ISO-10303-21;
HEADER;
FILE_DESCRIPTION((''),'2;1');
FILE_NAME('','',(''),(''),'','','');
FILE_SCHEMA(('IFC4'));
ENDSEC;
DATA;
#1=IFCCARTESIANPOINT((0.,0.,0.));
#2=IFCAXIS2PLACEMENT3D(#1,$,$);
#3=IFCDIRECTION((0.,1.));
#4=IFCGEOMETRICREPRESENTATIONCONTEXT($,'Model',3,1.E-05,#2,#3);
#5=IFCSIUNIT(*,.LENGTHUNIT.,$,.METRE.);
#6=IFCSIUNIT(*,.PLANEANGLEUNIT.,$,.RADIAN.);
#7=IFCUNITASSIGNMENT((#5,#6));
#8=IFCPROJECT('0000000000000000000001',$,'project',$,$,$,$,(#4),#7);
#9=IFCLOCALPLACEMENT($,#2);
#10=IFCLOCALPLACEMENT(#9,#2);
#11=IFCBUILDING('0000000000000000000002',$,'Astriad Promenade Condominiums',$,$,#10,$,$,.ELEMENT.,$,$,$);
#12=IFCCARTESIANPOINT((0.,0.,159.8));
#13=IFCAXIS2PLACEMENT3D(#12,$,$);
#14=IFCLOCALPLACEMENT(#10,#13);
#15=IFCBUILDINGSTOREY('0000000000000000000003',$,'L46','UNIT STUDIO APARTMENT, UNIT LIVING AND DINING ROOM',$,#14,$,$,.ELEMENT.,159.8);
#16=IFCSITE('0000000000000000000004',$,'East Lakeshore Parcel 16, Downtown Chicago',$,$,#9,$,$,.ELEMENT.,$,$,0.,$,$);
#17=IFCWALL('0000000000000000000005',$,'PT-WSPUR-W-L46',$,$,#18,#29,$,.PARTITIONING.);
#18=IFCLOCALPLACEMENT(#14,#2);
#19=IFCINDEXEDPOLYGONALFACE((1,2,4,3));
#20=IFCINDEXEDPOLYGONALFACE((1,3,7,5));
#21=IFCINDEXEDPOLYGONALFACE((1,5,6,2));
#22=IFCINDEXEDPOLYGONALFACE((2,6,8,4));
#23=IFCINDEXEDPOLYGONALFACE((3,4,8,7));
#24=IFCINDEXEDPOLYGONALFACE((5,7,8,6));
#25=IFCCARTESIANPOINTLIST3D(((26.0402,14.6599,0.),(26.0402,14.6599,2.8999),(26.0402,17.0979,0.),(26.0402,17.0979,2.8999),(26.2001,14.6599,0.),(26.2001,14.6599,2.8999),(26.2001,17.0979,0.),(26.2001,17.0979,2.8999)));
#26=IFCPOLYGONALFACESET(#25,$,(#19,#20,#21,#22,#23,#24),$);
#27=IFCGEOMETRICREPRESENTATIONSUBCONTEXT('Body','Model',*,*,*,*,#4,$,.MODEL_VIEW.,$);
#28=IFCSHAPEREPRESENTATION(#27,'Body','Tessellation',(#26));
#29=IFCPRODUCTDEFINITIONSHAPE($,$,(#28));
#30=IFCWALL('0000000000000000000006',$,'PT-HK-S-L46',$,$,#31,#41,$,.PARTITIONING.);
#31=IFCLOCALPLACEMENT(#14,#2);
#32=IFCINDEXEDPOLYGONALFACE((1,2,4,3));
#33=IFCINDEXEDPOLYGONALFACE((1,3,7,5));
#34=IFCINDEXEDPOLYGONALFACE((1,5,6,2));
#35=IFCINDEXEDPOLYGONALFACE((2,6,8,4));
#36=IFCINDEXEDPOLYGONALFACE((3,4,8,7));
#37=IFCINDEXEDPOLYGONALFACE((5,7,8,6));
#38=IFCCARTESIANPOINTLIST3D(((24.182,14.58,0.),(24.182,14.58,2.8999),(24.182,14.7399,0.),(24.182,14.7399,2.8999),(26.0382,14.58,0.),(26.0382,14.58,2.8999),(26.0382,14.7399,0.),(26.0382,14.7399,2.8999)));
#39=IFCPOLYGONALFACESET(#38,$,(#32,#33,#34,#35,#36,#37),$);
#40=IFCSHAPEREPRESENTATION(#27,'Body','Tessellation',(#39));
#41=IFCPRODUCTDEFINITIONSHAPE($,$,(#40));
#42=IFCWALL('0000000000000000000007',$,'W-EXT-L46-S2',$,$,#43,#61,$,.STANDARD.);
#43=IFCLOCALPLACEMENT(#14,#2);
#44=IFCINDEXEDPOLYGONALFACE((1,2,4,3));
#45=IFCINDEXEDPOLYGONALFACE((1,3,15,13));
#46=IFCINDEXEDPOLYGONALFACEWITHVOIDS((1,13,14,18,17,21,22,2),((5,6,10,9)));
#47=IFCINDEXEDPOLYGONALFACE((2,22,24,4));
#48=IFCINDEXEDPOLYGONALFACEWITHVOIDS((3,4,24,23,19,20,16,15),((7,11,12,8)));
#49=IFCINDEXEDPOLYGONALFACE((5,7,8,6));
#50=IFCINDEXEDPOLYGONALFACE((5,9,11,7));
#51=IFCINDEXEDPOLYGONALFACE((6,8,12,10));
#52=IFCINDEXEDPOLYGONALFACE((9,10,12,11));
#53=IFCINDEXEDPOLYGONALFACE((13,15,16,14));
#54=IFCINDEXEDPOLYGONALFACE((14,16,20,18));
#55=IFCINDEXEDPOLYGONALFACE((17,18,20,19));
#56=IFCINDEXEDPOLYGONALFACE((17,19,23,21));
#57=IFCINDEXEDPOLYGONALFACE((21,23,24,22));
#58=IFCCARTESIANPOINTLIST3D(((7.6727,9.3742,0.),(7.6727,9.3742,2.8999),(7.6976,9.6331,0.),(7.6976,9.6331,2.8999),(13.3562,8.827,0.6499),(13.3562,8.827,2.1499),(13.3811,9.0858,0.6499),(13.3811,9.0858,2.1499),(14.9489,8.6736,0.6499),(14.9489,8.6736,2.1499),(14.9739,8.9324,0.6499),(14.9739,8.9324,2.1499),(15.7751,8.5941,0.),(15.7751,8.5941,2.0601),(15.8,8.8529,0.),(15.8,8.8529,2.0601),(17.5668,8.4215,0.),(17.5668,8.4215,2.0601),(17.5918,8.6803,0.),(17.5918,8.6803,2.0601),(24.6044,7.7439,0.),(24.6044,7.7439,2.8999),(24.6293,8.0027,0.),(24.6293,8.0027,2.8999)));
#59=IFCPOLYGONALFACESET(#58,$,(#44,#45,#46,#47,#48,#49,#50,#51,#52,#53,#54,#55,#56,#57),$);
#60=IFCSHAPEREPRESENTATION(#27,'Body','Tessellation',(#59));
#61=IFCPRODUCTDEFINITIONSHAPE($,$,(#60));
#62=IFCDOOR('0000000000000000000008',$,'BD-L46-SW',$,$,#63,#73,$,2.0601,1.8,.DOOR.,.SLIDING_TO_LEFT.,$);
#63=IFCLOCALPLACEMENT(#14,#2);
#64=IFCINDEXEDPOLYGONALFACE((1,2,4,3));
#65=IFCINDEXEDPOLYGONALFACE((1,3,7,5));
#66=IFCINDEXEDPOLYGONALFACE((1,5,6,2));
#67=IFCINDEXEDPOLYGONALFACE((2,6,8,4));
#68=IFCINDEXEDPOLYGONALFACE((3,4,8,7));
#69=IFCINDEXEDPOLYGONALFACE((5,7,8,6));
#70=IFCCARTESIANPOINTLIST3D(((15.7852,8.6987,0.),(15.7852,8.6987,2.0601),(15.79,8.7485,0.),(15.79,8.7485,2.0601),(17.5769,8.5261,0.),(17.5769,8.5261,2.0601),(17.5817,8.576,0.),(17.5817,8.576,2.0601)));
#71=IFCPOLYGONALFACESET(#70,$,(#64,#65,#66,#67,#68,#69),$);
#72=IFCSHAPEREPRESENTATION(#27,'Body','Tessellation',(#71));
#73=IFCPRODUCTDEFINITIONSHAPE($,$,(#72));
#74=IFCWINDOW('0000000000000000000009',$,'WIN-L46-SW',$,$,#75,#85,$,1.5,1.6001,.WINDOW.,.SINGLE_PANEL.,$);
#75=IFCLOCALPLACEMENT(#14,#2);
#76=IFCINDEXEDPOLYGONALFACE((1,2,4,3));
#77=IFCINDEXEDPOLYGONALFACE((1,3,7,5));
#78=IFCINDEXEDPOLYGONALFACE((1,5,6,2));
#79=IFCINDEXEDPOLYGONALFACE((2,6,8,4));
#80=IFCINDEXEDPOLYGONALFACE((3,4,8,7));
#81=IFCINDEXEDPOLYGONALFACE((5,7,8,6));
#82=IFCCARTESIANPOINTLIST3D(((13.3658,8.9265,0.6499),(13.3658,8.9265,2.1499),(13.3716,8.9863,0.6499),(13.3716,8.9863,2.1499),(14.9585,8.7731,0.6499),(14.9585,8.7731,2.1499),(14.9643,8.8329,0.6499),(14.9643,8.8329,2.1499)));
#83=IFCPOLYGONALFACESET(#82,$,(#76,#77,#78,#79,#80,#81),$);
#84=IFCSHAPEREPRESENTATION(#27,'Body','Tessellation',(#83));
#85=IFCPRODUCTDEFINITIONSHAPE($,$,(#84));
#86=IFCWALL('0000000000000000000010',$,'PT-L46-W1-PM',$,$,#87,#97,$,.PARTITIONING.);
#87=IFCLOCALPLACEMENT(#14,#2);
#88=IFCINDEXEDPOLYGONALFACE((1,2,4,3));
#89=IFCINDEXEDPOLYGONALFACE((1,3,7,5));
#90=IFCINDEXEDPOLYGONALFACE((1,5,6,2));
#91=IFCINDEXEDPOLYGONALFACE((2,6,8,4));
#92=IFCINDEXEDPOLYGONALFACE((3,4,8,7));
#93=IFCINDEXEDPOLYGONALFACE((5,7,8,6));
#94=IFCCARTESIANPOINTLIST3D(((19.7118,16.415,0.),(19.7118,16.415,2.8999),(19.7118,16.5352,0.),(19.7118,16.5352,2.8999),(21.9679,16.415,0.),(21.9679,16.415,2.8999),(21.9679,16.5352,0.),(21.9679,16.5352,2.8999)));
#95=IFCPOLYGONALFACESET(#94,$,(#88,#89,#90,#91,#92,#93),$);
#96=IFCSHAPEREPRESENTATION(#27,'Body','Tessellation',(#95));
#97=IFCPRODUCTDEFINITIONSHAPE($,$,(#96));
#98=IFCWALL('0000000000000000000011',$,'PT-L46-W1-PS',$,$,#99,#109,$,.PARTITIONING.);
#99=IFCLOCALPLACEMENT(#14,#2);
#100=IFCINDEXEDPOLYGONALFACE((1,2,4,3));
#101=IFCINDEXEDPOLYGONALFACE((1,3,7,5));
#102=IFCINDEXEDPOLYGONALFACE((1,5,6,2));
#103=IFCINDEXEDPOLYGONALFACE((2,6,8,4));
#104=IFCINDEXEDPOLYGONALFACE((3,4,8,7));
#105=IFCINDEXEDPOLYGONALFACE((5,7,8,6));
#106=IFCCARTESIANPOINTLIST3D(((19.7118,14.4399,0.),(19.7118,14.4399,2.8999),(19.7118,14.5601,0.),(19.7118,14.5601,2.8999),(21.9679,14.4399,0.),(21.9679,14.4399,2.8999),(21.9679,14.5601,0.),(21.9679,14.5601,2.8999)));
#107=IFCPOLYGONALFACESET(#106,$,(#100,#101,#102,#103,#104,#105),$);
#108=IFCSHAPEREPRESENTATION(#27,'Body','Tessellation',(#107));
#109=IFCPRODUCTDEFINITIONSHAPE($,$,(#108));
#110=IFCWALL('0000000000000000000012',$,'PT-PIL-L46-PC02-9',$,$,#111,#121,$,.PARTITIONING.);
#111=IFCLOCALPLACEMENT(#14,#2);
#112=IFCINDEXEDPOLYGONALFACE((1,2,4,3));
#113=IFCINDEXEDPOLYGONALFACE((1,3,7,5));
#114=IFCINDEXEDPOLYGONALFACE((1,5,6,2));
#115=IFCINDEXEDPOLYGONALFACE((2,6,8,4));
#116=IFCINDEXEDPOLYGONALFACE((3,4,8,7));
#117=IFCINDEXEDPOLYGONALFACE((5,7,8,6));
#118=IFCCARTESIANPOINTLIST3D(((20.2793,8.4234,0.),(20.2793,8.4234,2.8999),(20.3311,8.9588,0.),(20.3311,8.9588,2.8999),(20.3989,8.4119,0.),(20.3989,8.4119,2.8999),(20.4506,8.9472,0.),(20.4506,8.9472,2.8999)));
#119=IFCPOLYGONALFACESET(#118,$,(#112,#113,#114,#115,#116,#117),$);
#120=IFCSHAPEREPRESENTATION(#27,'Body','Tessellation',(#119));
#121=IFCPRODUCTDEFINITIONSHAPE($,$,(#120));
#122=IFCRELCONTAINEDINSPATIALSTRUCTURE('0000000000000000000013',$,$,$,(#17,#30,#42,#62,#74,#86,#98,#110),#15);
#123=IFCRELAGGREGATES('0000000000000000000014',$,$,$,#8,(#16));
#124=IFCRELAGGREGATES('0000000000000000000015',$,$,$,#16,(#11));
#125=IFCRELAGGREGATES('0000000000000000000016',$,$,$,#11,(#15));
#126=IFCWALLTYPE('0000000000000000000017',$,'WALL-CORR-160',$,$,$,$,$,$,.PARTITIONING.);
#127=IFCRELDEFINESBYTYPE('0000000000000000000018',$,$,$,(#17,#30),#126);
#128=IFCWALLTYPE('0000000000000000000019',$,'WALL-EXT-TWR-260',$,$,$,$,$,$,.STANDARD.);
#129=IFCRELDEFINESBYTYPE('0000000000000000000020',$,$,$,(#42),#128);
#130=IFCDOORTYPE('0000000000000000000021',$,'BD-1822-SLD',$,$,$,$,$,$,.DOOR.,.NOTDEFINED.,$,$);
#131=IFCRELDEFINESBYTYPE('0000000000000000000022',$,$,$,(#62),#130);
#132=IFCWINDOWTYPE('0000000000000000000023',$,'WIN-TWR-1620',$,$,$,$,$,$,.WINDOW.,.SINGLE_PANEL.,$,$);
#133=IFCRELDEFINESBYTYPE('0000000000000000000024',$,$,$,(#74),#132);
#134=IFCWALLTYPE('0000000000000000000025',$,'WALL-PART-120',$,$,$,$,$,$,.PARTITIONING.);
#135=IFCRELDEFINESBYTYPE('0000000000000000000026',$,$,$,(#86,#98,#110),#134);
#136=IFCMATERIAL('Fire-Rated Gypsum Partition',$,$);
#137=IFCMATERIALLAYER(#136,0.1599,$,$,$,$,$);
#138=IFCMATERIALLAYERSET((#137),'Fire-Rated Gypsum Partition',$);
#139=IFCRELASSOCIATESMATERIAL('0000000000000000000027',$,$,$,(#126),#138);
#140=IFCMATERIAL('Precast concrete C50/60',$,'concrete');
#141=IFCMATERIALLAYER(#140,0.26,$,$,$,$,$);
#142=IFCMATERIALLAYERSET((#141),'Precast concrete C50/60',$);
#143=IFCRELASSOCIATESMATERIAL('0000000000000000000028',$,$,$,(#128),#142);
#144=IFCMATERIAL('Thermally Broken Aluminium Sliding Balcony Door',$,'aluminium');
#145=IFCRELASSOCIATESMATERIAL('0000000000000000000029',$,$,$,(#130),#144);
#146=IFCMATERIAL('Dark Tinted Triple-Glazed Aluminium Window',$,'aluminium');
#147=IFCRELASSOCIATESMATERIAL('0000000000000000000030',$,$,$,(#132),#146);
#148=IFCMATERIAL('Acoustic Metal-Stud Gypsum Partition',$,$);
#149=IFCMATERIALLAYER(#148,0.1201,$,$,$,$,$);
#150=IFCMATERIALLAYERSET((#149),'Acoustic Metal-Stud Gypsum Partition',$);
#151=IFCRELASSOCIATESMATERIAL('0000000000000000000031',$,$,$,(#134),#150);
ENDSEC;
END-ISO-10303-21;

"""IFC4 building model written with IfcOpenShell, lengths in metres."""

from ifc_helpers import new_model, si_unit, direction, frame, frame_2d, origin, place, context, subcontext, project, spatial, rectangle, extrude, source, transform, mapped, material, layer, layer_set, type_object, type_shapes, element, fill, save


model = new_model("IFC4")

# Units and contexts
model_context = context("Model", 3, precision=1e-05, world=origin(), true_north=direction((0.0, 1.0)))
body_context = subcontext(model_context, "Body", "Model", "MODEL_VIEW")
ifc_project = project(units=[si_unit("LENGTHUNIT", "METRE"), si_unit("PLANEANGLEUNIT", "RADIAN")], contexts=[model_context])

# Site, building, storey
site_placement = place(None, origin())
site = spatial("IfcSite", under=ifc_project, at=site_placement, Name="East Lakeshore Parcel 16, Downtown Chicago", CompositionType="ELEMENT", RefElevation=0.0)
building_placement = place(site_placement, origin())
building = spatial("IfcBuilding", under=site, at=building_placement, Name="Astriad Promenade Condominiums", CompositionType="ELEMENT")
storey_placement = place(building_placement, frame((0.0, 0.0, 159.8)))
storey = spatial("IfcBuildingStorey", under=building, at=storey_placement, Name="L46", Description="UNIT STUDIO APARTMENT, UNIT LIVING AND DINING ROOM", CompositionType="ELEMENT", Elevation=159.8)

# Shared definitions
ifc_material_1 = material(Name="Fire-Rated Gypsum Partition")
ifc_layer_1 = layer(ifc_material_1, 0.1599)
ifc_layer_set_1 = layer_set([ifc_layer_1], Name="Fire-Rated Gypsum Partition")
wall_type_1 = type_object("IfcWallType", Name="WALL-CORR-160", PredefinedType="PARTITIONING", material=ifc_layer_set_1)

# Walls
wall_1_placement = place(storey_placement, frame((26.1201, 14.6599, 0.0), z_axis=(0.0, 0.0, 1.0), x_axis=(0.0, 1.0, 0.0)))
element("IfcWall", 1, at=wall_1_placement, inside=storey, type_object=wall_type_1, Name="PT-WSPUR-W-L46", PredefinedType="PARTITIONING", context=body_context, shape_type="SweptSolid", body=[
    extrude(rectangle(XDim=2.438, YDim=0.1599, at=frame_2d((1.219, 0.0))), origin(), (0.0, 0.0, 1.0), 2.8999),
])
wall_2_placement = place(storey_placement, frame((24.1819, 14.6599, 0.0), z_axis=(0.0, 0.0, 1.0), x_axis=(1.0, 0.0, 0.0)))
element("IfcWall", 2, at=wall_2_placement, inside=storey, type_object=wall_type_1, Name="PT-HK-S-L46", PredefinedType="PARTITIONING", context=body_context, shape_type="SweptSolid", body=[
    extrude(rectangle(XDim=1.8562, YDim=0.1599, at=frame_2d((0.9282, 0.0))), origin(), (0.0, 0.0, 1.0), 2.8999),
])

# Wall, openings, door, window
ifc_material_2 = material(Name="Precast concrete C50/60", Category="concrete")
ifc_layer_2 = layer(ifc_material_2, 0.26)
ifc_layer_set_2 = layer_set([ifc_layer_2], Name="Precast concrete C50/60")
wall_type_2 = type_object("IfcWallType", Name="WALL-EXT-TWR-260", PredefinedType="STANDARD", material=ifc_layer_set_2)
wall_3_placement = place(storey_placement, frame((24.6167, 7.8733, 0.0), z_axis=(0.0, 0.0, 1.0), x_axis=(-0.995396, 0.095848, 0.0)))
wall_3 = element("IfcWall", 3, at=wall_3_placement, inside=storey, type_object=wall_type_2, Name="W-EXT-L46-S2", PredefinedType="STANDARD", context=body_context, shape_type="SweptSolid", body=[
    extrude(rectangle(XDim=17.01, YDim=0.26, at=frame_2d((8.5049, 0.0))), origin(), (0.0, 0.0, 1.0), 2.8999),
])
opening_1_placement = place(wall_3_placement, frame((7.0701, 0.0, 0.0)))
opening_1 = element("IfcOpeningElement", 4, at=opening_1_placement, cuts=wall_3, PredefinedType="OPENING", context=body_context, shape_type="SweptSolid", body=[
    extrude(rectangle(XDim=1.8, YDim=2.0601, at=frame_2d((0.8999, 1.03))), frame((0.0, 0.1399, 0.0), z_axis=(0.0, -1.0, 0.0), x_axis=(1.0, 0.0, 0.0)), (0.0, 0.0, 1.0), 0.28),
])
opening_2_placement = place(wall_3_placement, frame((9.7, 0.0, 0.6499)))
opening_2 = element("IfcOpeningElement", 5, at=opening_2_placement, cuts=wall_3, PredefinedType="OPENING", context=body_context, shape_type="SweptSolid", body=[
    extrude(rectangle(XDim=1.6001, YDim=1.5, at=frame_2d((0.8, 0.75))), frame((0.0, 0.1399, 0.0), z_axis=(0.0, -1.0, 0.0), x_axis=(1.0, 0.0, 0.0)), (0.0, 0.0, 1.0), 0.28),
])
ifc_material_3 = material(Name="Thermally Broken Aluminium Sliding Balcony Door", Category="aluminium")
door_type_1 = type_object("IfcDoorType", Name="BD-1822-SLD", OperationType="NOTDEFINED", PredefinedType="DOOR", material=ifc_material_3)
shared_shape_1 = source(origin(), body_context, "Body", "SweptSolid", [
    extrude(rectangle(XDim=1.8, YDim=2.0601, at=frame_2d((0.8999, 1.03))), frame((0.0, 0.0249, 0.0), z_axis=(0.0, -1.0, 0.0), x_axis=(1.0, 0.0, 0.0)), (0.0, 0.0, 1.0), 0.05),
])
type_shapes(door_type_1, [shared_shape_1])
door_1_placement = place(opening_1_placement, origin())
door_1 = element("IfcDoor", 6, at=door_1_placement, inside=storey, type_object=door_type_1, Name="BD-L46-SW", OperationType="SLIDING_TO_LEFT", OverallHeight=2.0601, OverallWidth=1.8, PredefinedType="DOOR", context=body_context, shape_type="MappedRepresentation", body=[
    mapped(shared_shape_1, transform((0.0, 0.0, 0.0), scale=1.0)),
])
fill(opening_1, door_1)
ifc_material_4 = material(Name="Dark Tinted Triple-Glazed Aluminium Window", Category="aluminium")
window_type = type_object("IfcWindowType", Name="WIN-TWR-1620", PartitioningType="SINGLE_PANEL", PredefinedType="WINDOW", material=ifc_material_4)
shared_shape_2 = source(origin(), body_context, "Body", "SweptSolid", [
    extrude(rectangle(XDim=1.6001, YDim=1.5, at=frame_2d((0.8, 0.75))), frame((0.0, 0.03, 0.0), z_axis=(0.0, -1.0, 0.0), x_axis=(1.0, 0.0, 0.0)), (0.0, 0.0, 1.0), 0.0601),
])
type_shapes(window_type, [shared_shape_2])
window_placement = place(opening_2_placement, origin())
window = element("IfcWindow", 7, at=window_placement, inside=storey, type_object=window_type, Name="WIN-L46-SW", OverallHeight=1.5, OverallWidth=1.6001, PartitioningType="SINGLE_PANEL", PredefinedType="WINDOW", context=body_context, shape_type="MappedRepresentation", body=[
    mapped(shared_shape_2, transform((0.0, 0.0, 0.0), scale=1.0)),
])
fill(opening_2, window)

# Walls
ifc_material_5 = material(Name="Acoustic Metal-Stud Gypsum Partition")
ifc_layer_3 = layer(ifc_material_5, 0.1201)
ifc_layer_set_3 = layer_set([ifc_layer_3], Name="Acoustic Metal-Stud Gypsum Partition")
wall_type_3 = type_object("IfcWallType", Name="WALL-PART-120", PredefinedType="PARTITIONING", material=ifc_layer_set_3)
for number, where, z_axis, x_axis, name in (
    (8, (19.7119, 16.4751, 0.0), (0.0, 0.0, 1.0), (1.0, 0.0, 0.0), "PT-L46-W1-PM"),
    (9, (19.7119, 14.5, 0.0), (0.0, 0.0, 1.0), (1.0, 0.0, 0.0), "PT-L46-W1-PS"),
):
    element("IfcWall", number, at=place(storey_placement, frame(where, z_axis=z_axis, x_axis=x_axis)), inside=storey, type_object=wall_type_3, Name=name, PredefinedType="PARTITIONING", context=body_context, shape_type="SweptSolid", body=[
        extrude(rectangle(XDim=2.2561, YDim=0.1201, at=frame_2d((1.1279, 0.0))), origin(), (0.0, 0.0, 1.0), 2.8999),
    ])
wall_4_placement = place(storey_placement, frame((20.3909, 8.9531, 0.0), z_axis=(0.0, 0.0, 1.0), x_axis=(-0.096223, -0.99536, 0.0)))
element("IfcWall", 10, at=wall_4_placement, inside=storey, type_object=wall_type_3, Name="PT-PIL-L46-PC02-9", PredefinedType="PARTITIONING", context=body_context, shape_type="SweptSolid", body=[
    extrude(rectangle(XDim=0.5378, YDim=0.1201, at=frame_2d((0.269, 0.0))), origin(), (0.0, 0.0, 1.0), 2.8999),
])

save(model, "model.ifc")
